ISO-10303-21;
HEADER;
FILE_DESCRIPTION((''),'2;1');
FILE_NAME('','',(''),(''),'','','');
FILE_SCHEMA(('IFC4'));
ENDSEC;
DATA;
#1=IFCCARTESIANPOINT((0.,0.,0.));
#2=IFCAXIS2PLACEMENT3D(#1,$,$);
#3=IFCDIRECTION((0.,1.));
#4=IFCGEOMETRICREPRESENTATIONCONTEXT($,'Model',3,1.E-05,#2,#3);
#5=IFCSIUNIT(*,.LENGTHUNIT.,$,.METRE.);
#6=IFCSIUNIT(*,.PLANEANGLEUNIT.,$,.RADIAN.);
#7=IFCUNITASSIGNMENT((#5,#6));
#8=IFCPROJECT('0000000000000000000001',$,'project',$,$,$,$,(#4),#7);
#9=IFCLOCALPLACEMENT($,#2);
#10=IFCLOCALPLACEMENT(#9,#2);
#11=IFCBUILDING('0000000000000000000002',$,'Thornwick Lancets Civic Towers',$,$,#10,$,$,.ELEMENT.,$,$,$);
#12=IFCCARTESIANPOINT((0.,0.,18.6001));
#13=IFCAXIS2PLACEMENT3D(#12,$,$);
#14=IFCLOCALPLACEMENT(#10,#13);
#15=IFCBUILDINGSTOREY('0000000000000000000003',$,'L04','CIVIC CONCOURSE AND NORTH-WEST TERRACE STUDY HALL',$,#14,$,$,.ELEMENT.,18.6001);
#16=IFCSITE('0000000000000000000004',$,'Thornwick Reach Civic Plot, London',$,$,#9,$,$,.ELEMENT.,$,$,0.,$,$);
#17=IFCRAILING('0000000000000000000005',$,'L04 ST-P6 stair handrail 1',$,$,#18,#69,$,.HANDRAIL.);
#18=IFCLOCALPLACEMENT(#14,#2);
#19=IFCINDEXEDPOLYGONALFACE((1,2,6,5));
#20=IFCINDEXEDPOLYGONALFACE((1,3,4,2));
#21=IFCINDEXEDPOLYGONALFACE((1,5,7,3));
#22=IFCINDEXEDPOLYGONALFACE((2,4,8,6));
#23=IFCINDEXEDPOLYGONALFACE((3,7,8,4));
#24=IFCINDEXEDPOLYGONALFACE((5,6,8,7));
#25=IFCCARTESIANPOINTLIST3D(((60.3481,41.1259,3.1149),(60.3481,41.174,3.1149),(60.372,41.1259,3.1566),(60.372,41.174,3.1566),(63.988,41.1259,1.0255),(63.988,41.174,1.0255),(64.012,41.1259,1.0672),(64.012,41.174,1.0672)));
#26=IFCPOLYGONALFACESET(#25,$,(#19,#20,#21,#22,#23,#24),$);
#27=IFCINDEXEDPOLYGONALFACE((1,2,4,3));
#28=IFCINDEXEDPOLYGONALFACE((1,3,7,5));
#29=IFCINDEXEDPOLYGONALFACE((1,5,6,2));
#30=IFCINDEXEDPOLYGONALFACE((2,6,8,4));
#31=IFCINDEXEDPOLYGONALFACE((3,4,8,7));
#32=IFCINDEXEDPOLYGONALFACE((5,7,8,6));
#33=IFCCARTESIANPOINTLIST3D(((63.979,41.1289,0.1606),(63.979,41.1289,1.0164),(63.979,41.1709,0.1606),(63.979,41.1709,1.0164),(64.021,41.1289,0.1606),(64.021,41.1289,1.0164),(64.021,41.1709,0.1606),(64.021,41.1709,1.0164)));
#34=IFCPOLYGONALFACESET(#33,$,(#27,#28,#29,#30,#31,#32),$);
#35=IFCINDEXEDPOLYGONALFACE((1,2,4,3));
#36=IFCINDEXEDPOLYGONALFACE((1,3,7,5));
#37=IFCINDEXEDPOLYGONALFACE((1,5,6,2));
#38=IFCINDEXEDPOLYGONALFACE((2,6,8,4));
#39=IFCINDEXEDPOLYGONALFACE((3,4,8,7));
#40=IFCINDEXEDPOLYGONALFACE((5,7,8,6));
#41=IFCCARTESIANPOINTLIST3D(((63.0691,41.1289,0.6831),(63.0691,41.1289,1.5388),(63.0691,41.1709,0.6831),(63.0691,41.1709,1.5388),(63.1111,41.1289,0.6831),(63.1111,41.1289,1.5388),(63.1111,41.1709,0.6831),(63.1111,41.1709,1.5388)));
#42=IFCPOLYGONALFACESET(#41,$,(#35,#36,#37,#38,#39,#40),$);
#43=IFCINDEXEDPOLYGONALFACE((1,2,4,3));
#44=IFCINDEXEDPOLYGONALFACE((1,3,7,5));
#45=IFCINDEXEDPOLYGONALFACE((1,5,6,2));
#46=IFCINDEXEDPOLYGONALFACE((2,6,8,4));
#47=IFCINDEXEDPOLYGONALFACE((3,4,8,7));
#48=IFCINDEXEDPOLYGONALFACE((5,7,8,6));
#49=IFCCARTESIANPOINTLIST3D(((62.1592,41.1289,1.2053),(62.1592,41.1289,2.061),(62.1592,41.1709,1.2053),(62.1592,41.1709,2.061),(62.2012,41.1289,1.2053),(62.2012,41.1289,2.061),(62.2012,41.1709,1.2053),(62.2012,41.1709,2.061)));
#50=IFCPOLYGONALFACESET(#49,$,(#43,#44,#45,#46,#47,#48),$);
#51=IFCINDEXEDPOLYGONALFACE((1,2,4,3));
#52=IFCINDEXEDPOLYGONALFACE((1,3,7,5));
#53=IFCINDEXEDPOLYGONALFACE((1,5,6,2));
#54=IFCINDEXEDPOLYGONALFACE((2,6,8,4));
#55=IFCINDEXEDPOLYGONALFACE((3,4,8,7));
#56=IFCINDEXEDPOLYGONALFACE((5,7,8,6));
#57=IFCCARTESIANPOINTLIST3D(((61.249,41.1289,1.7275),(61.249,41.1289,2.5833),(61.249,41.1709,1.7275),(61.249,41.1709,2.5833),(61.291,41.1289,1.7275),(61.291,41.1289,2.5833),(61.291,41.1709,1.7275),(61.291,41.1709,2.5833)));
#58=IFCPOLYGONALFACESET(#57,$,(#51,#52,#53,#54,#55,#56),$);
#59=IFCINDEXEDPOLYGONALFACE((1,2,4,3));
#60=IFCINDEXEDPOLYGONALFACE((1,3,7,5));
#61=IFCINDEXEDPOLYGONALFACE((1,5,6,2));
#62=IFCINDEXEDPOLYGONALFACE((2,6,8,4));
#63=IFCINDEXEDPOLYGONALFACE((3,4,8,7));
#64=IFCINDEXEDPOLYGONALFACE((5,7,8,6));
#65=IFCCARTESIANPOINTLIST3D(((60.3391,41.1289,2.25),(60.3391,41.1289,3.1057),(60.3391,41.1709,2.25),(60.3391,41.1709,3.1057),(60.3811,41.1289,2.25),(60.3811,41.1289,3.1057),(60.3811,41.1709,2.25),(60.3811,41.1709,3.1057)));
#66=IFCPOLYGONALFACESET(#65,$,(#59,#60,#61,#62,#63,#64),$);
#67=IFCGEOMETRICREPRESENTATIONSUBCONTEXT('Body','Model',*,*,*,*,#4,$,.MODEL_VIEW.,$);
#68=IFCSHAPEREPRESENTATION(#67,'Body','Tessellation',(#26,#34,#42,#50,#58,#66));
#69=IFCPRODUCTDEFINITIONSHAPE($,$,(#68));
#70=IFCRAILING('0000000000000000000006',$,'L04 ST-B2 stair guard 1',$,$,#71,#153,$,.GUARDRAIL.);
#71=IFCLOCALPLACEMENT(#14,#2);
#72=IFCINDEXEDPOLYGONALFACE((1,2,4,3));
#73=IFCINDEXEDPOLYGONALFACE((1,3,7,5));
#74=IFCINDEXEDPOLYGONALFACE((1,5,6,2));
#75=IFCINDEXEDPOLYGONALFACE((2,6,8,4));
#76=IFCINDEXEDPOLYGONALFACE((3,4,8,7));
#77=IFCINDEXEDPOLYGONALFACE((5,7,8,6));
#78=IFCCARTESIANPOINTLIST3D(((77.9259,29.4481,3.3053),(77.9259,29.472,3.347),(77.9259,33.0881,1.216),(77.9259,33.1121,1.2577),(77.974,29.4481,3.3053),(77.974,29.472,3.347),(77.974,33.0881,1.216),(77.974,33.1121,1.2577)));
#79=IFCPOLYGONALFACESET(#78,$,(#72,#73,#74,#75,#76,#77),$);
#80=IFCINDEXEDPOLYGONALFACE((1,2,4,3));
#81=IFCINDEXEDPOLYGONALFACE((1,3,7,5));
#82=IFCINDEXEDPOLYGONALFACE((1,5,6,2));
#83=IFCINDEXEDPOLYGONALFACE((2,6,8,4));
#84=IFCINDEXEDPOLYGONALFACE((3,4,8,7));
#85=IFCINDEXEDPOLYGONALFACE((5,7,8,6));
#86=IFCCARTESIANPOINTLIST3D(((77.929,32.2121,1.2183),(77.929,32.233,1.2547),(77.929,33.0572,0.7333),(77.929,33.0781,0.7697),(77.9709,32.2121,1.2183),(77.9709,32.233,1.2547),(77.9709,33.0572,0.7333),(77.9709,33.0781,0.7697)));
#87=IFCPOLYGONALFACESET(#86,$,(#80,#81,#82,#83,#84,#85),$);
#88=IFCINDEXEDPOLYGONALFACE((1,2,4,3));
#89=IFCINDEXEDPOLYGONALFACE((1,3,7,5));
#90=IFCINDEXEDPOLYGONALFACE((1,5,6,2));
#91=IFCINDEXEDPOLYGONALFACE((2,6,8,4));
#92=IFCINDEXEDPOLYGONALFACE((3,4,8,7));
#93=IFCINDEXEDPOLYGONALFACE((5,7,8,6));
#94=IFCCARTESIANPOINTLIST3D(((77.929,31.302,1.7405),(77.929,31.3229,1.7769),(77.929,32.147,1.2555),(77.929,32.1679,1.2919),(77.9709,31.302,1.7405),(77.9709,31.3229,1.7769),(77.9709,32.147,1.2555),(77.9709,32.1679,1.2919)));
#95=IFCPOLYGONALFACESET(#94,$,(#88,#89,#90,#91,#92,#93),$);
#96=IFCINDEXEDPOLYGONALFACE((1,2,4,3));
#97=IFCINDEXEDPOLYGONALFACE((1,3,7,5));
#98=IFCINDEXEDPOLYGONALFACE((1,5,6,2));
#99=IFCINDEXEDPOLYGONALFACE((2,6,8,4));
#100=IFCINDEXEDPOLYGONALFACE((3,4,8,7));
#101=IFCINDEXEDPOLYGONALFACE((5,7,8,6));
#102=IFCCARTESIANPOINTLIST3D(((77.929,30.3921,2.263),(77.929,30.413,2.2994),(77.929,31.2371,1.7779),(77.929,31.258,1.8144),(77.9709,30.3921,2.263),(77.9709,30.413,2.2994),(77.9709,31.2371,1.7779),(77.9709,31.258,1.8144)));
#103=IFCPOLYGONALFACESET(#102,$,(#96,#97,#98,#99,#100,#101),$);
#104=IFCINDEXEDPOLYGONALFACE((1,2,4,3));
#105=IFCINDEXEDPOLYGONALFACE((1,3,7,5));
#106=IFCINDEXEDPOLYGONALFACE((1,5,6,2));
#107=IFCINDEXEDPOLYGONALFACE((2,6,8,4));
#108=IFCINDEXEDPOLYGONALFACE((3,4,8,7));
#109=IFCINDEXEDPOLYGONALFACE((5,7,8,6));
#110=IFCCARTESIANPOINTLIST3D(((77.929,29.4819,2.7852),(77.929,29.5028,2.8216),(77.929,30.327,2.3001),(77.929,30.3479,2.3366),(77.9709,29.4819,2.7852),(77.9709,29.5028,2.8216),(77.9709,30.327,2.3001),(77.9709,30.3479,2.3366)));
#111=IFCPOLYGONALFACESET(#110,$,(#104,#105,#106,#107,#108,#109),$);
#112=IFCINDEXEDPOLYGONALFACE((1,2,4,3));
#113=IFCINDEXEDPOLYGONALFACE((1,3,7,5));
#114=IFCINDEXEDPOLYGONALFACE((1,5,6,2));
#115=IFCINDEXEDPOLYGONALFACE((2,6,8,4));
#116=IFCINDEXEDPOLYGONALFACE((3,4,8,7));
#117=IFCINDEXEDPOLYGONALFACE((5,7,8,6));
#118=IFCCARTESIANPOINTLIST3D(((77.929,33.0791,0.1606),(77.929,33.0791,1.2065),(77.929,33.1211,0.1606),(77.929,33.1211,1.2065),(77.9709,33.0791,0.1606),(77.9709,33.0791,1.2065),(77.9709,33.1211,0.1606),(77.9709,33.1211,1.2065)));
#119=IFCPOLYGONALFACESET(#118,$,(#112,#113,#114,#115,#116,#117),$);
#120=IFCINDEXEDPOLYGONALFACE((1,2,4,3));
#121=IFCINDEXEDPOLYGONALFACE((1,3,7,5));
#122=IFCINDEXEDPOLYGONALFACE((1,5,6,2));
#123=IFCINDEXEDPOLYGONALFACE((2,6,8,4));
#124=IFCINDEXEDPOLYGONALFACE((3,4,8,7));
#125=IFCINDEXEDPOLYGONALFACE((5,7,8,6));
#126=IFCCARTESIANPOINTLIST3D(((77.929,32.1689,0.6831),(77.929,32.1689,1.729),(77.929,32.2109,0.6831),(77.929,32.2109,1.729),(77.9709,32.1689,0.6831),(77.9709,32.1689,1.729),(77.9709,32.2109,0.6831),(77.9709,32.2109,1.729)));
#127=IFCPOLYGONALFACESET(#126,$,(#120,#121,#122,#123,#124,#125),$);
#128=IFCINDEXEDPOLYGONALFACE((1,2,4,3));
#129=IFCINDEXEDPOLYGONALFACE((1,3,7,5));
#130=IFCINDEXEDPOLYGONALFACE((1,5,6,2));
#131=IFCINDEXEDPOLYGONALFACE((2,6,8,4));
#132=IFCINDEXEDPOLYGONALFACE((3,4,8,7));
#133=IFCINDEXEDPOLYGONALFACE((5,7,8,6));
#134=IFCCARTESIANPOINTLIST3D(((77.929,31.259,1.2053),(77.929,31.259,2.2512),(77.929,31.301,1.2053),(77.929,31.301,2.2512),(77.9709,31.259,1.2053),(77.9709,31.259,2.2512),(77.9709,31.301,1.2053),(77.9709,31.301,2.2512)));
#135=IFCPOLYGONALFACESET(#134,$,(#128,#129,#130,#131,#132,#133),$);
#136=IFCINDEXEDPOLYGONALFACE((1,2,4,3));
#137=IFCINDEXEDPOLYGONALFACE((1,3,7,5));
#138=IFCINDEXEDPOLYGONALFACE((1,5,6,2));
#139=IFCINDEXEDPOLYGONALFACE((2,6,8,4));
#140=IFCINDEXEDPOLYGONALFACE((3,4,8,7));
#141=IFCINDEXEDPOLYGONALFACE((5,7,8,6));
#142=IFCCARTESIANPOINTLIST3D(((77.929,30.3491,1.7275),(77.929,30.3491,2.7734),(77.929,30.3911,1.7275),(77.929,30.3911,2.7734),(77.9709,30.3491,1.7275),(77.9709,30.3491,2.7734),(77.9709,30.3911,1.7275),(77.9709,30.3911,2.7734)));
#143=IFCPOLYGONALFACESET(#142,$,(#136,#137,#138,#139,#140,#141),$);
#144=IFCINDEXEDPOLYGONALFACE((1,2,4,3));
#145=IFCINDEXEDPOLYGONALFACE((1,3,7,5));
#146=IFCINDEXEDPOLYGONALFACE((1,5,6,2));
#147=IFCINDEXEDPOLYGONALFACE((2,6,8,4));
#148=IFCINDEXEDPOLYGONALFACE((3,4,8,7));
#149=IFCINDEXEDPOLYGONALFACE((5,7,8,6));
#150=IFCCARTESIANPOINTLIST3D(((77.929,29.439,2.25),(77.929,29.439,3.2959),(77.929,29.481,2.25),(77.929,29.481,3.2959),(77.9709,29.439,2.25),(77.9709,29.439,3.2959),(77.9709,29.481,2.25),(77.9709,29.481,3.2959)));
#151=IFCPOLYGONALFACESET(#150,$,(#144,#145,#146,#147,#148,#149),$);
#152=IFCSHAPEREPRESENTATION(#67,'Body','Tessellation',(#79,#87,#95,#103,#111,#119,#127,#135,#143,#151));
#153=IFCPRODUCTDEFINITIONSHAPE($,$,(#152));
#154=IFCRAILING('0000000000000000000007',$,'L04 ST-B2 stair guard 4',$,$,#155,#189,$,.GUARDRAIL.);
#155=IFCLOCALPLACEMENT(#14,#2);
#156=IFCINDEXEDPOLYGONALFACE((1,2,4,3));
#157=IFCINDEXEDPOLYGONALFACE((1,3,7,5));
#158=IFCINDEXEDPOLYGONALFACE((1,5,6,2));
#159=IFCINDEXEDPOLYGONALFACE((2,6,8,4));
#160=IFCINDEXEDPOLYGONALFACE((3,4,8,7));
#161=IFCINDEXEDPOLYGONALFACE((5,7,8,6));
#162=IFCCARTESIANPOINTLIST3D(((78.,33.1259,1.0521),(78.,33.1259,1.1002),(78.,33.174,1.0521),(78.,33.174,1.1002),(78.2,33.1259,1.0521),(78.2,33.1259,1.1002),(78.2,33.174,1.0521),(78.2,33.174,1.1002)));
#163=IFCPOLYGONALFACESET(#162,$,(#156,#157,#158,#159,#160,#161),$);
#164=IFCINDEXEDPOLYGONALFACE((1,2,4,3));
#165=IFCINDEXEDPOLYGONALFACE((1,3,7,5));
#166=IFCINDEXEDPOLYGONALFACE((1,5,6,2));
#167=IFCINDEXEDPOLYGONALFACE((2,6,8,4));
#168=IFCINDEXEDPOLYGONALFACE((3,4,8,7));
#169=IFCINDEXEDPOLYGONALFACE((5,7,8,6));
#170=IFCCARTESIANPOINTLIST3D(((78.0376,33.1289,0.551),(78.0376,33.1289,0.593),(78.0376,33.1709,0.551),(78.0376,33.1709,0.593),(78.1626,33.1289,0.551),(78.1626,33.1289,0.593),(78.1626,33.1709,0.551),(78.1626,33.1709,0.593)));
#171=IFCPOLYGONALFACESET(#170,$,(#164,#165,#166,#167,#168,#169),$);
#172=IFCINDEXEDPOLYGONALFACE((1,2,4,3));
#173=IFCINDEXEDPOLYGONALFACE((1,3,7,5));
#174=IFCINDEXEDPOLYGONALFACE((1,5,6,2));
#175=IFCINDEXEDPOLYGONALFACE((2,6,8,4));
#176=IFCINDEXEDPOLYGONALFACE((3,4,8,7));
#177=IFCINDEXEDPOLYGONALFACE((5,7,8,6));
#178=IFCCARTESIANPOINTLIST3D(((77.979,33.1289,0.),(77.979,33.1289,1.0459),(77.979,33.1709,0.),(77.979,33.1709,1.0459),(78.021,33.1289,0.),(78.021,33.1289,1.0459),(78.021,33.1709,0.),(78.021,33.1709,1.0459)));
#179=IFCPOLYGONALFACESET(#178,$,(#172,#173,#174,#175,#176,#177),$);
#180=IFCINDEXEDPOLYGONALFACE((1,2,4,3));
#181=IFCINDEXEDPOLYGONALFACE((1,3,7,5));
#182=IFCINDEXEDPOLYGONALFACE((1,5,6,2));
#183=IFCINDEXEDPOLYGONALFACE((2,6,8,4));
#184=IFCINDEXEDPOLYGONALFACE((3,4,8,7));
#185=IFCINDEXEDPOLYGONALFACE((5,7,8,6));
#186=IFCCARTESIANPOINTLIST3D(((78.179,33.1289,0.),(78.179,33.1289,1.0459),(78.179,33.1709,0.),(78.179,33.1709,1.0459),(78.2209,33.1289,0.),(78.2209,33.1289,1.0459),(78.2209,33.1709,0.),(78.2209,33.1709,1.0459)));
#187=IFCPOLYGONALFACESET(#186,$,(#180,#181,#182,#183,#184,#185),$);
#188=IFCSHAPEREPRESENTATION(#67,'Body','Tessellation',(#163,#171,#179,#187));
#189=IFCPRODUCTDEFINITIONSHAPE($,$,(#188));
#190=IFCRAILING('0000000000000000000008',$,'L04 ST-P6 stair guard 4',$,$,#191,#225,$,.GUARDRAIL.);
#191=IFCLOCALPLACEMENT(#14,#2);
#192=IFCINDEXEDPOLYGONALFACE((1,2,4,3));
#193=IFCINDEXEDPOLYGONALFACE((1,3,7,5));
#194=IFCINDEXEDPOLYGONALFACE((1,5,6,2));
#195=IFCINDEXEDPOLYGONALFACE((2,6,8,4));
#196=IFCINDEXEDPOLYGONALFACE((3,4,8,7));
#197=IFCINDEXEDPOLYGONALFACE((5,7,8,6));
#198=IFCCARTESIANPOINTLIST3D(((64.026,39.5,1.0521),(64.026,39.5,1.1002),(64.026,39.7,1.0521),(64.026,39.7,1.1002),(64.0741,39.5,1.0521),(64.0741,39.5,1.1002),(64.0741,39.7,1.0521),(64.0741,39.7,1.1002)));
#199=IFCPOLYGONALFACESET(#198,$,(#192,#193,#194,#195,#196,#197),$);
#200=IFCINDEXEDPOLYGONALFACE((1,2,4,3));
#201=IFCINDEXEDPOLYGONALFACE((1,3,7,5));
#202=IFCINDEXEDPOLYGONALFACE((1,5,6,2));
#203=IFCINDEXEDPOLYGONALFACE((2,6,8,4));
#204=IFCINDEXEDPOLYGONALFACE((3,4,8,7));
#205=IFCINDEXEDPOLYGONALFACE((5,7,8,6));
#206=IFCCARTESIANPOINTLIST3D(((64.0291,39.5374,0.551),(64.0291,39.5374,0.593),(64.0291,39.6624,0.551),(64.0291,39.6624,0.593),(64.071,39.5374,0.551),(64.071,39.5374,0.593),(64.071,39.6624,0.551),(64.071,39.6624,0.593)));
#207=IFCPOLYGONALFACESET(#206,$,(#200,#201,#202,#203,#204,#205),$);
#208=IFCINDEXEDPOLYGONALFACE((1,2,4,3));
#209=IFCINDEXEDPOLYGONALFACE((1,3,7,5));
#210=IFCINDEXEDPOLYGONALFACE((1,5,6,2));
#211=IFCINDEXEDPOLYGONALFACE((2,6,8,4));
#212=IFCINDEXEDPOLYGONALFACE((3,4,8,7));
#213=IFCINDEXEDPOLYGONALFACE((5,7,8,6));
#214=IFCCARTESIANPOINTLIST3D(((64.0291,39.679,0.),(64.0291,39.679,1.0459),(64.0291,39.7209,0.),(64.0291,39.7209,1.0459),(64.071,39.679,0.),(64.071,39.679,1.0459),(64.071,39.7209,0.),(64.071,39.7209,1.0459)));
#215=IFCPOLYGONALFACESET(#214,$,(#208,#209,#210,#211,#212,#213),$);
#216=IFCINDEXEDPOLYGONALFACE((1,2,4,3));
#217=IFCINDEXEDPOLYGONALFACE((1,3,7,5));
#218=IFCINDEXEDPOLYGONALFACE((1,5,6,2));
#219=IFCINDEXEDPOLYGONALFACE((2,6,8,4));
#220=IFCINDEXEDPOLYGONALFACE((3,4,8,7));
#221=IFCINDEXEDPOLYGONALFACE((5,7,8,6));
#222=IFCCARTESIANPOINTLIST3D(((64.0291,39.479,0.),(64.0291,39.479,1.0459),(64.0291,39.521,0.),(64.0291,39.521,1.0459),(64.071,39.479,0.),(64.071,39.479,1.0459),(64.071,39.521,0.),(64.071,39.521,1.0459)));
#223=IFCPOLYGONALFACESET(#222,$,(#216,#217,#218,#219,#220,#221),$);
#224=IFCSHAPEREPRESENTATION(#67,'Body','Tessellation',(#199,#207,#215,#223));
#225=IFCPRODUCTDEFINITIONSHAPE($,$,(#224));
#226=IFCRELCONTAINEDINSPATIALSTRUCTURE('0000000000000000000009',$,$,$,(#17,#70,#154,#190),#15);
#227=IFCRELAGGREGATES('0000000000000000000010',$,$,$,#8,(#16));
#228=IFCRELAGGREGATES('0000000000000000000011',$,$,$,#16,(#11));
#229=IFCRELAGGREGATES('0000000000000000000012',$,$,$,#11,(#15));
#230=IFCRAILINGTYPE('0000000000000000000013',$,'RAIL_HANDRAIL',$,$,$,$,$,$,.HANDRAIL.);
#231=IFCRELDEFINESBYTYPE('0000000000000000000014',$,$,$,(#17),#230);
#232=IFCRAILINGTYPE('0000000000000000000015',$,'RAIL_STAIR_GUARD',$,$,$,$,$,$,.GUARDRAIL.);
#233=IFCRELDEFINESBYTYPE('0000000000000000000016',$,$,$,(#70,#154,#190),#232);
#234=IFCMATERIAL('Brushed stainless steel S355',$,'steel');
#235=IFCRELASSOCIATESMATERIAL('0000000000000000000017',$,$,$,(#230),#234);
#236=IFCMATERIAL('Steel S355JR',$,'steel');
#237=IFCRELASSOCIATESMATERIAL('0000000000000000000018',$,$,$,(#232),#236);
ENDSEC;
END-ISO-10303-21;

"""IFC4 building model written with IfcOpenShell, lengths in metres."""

from ifc_helpers import new_model, si_unit, direction, frame, origin, origin_2d, place, context, subcontext, project, spatial, rectangle, extrude, material, type_object, element, save


model = new_model("IFC4")

# Units and contexts
model_context = context("Model", 3, precision=1e-05, world=origin(), true_north=direction((0.0, 1.0)))
body_context = subcontext(model_context, "Body", "Model", "MODEL_VIEW")
ifc_project = project(units=[si_unit("LENGTHUNIT", "METRE"), si_unit("PLANEANGLEUNIT", "RADIAN")], contexts=[model_context])

# Site, building, storey
site_placement = place(None, origin())
site = spatial("IfcSite", under=ifc_project, at=site_placement, Name="Thornwick Reach Civic Plot, London", CompositionType="ELEMENT", RefElevation=0.0)
building_placement = place(site_placement, origin())
building = spatial("IfcBuilding", under=site, at=building_placement, Name="Thornwick Lancets Civic Towers", CompositionType="ELEMENT")
storey_placement = place(building_placement, frame((0.0, 0.0, 18.6001)))
storey = spatial("IfcBuildingStorey", under=building, at=storey_placement, Name="L04", Description="CIVIC CONCOURSE AND NORTH-WEST TERRACE STUDY HALL", CompositionType="ELEMENT", Elevation=18.6001)

# Shared definitions
ifc_material_1 = material(Name="Steel S355JR", Category="steel")

# Railings
ifc_material_2 = material(Name="Brushed stainless steel S355", Category="steel")
railing_type_1 = type_object("IfcRailingType", Name="RAIL_HANDRAIL", PredefinedType="HANDRAIL", material=ifc_material_2)
railing_1_placement = place(storey_placement, frame((64.0, 41.1499, 0.1606)))
element("IfcRailing", 1, at=railing_1_placement, inside=storey, type_object=railing_type_1, Name="L04 ST-P6 stair handrail 1", PredefinedType="HANDRAIL", context=body_context, shape_type="SweptSolid", body=[
    extrude(rectangle(XDim=0.0481, YDim=0.0481, at=origin_2d()), frame((0.0, 0.0, 0.8857), z_axis=(-0.867275, 0.0, 0.497829), x_axis=(0.0, -1.0, 0.0)), (0.0, 0.0, 1.0), 4.197),
    extrude(rectangle(XDim=0.042, YDim=0.042, at=origin_2d()), origin(), (0.0, 0.0, 1.0), 0.8557),
    extrude(rectangle(XDim=0.042, YDim=0.042, at=origin_2d()), frame((-0.9099, 0.0, 0.5225)), (0.0, 0.0, 1.0), 0.8557),
    extrude(rectangle(XDim=0.042, YDim=0.042, at=origin_2d()), frame((-1.8198, 0.0, 1.0447)), (0.0, 0.0, 1.0), 0.8557),
    extrude(rectangle(XDim=0.042, YDim=0.042, at=origin_2d()), frame((-2.73, 0.0, 1.5669)), (0.0, 0.0, 1.0), 0.8557),
    extrude(rectangle(XDim=0.042, YDim=0.042, at=origin_2d()), frame((-3.6399, 0.0, 2.0894)), (0.0, 0.0, 1.0), 0.8557),
])
railing_type_2 = type_object("IfcRailingType", Name="RAIL_STAIR_GUARD", PredefinedType="GUARDRAIL", material=ifc_material_1)
railing_2_placement = place(storey_placement, frame((77.95, 33.1001, 0.1606)))
element("IfcRailing", 2, at=railing_2_placement, inside=storey, type_object=railing_type_2, Name="L04 ST-B2 stair guard 1", PredefinedType="GUARDRAIL", context=body_context, shape_type="SweptSolid", body=[
    extrude(rectangle(XDim=0.0481, YDim=0.0481, at=origin_2d()), frame((0.0, 0.0, 1.0762), z_axis=(0.0, -0.867289, 0.497804), x_axis=(1.0, 0.0, 0.0)), (0.0, 0.0, 1.0), 4.197),
    extrude(rectangle(XDim=0.042, YDim=0.042, at=origin_2d()), frame((0.0, -0.0325, 0.5908), z_axis=(0.0, -0.867289, 0.497804), x_axis=(1.0, 0.0, 0.0)), (0.0, 0.0, 1.0), 0.9744),
    extrude(rectangle(XDim=0.042, YDim=0.042, at=origin_2d()), frame((0.0, -0.9426, 1.113), z_axis=(0.0, -0.867289, 0.497804), x_axis=(1.0, 0.0, 0.0)), (0.0, 0.0, 1.0), 0.9744),
    extrude(rectangle(XDim=0.042, YDim=0.042, at=origin_2d()), frame((0.0, -1.8525, 1.6355), z_axis=(0.0, -0.867289, 0.497804), x_axis=(1.0, 0.0, 0.0)), (0.0, 0.0, 1.0), 0.9744),
    extrude(rectangle(XDim=0.042, YDim=0.042, at=origin_2d()), frame((0.0, -2.7627, 2.1577), z_axis=(0.0, -0.867289, 0.497804), x_axis=(1.0, 0.0, 0.0)), (0.0, 0.0, 1.0), 0.9744),
    extrude(rectangle(XDim=0.042, YDim=0.042, at=origin_2d()), origin(), (0.0, 0.0, 1.0), 1.0459),
    extrude(rectangle(XDim=0.042, YDim=0.042, at=origin_2d()), frame((0.0, -0.9102, 0.5225)), (0.0, 0.0, 1.0), 1.0459),
    extrude(rectangle(XDim=0.042, YDim=0.042, at=origin_2d()), frame((0.0, -1.8201, 1.0447)), (0.0, 0.0, 1.0), 1.0459),
    extrude(rectangle(XDim=0.042, YDim=0.042, at=origin_2d()), frame((0.0, -2.73, 1.5669)), (0.0, 0.0, 1.0), 1.0459),
    extrude(rectangle(XDim=0.042, YDim=0.042, at=origin_2d()), frame((0.0, -3.6401, 2.0894)), (0.0, 0.0, 1.0), 1.0459),
])
railing_3_placement = place(storey_placement, frame((78.0, 33.1499, 0.0)))
element("IfcRailing", 3, at=railing_3_placement, inside=storey, type_object=railing_type_2, Name="L04 ST-B2 stair guard 4", PredefinedType="GUARDRAIL", context=body_context, shape_type="SweptSolid", body=[
    extrude(rectangle(XDim=0.0481, YDim=0.0481, at=origin_2d()), frame((0.0, 0.0, 1.0762), z_axis=(1.0, 0.0, 0.0), x_axis=(0.0, 1.0, 0.0)), (0.0, 0.0, 1.0), 0.2),
    extrude(rectangle(XDim=0.042, YDim=0.042, at=origin_2d()), frame((0.0376, 0.0, 0.572), z_axis=(1.0, 0.0, 0.0), x_axis=(0.0, 1.0, 0.0)), (0.0, 0.0, 1.0), 0.125),
    extrude(rectangle(XDim=0.042, YDim=0.042, at=origin_2d()), origin(), (0.0, 0.0, 1.0), 1.0459),
    extrude(rectangle(XDim=0.042, YDim=0.042, at=origin_2d()), frame((0.2, 0.0, 0.0)), (0.0, 0.0, 1.0), 1.0459),
])
railing_4_placement = place(storey_placement, frame((64.05, 39.7, 0.0)))
element("IfcRailing", 4, at=railing_4_placement, inside=storey, type_object=railing_type_2, Name="L04 ST-P6 stair guard 4", PredefinedType="GUARDRAIL", context=body_context, shape_type="SweptSolid", body=[
    extrude(rectangle(XDim=0.0481, YDim=0.0481, at=origin_2d()), frame((0.0, 0.0, 1.0762), z_axis=(0.0, -1.0, 0.0), x_axis=(1.0, 0.0, 0.0)), (0.0, 0.0, 1.0), 0.2),
    extrude(rectangle(XDim=0.042, YDim=0.042, at=origin_2d()), frame((0.0, -0.0376, 0.572), z_axis=(0.0, -1.0, 0.0), x_axis=(1.0, 0.0, 0.0)), (0.0, 0.0, 1.0), 0.125),
    extrude(rectangle(XDim=0.042, YDim=0.042, at=origin_2d()), origin(), (0.0, 0.0, 1.0), 1.0459),
    extrude(rectangle(XDim=0.042, YDim=0.042, at=origin_2d()), frame((0.0, -0.2, 0.0)), (0.0, 0.0, 1.0), 1.0459),
])

save(model, "model.ifc")
